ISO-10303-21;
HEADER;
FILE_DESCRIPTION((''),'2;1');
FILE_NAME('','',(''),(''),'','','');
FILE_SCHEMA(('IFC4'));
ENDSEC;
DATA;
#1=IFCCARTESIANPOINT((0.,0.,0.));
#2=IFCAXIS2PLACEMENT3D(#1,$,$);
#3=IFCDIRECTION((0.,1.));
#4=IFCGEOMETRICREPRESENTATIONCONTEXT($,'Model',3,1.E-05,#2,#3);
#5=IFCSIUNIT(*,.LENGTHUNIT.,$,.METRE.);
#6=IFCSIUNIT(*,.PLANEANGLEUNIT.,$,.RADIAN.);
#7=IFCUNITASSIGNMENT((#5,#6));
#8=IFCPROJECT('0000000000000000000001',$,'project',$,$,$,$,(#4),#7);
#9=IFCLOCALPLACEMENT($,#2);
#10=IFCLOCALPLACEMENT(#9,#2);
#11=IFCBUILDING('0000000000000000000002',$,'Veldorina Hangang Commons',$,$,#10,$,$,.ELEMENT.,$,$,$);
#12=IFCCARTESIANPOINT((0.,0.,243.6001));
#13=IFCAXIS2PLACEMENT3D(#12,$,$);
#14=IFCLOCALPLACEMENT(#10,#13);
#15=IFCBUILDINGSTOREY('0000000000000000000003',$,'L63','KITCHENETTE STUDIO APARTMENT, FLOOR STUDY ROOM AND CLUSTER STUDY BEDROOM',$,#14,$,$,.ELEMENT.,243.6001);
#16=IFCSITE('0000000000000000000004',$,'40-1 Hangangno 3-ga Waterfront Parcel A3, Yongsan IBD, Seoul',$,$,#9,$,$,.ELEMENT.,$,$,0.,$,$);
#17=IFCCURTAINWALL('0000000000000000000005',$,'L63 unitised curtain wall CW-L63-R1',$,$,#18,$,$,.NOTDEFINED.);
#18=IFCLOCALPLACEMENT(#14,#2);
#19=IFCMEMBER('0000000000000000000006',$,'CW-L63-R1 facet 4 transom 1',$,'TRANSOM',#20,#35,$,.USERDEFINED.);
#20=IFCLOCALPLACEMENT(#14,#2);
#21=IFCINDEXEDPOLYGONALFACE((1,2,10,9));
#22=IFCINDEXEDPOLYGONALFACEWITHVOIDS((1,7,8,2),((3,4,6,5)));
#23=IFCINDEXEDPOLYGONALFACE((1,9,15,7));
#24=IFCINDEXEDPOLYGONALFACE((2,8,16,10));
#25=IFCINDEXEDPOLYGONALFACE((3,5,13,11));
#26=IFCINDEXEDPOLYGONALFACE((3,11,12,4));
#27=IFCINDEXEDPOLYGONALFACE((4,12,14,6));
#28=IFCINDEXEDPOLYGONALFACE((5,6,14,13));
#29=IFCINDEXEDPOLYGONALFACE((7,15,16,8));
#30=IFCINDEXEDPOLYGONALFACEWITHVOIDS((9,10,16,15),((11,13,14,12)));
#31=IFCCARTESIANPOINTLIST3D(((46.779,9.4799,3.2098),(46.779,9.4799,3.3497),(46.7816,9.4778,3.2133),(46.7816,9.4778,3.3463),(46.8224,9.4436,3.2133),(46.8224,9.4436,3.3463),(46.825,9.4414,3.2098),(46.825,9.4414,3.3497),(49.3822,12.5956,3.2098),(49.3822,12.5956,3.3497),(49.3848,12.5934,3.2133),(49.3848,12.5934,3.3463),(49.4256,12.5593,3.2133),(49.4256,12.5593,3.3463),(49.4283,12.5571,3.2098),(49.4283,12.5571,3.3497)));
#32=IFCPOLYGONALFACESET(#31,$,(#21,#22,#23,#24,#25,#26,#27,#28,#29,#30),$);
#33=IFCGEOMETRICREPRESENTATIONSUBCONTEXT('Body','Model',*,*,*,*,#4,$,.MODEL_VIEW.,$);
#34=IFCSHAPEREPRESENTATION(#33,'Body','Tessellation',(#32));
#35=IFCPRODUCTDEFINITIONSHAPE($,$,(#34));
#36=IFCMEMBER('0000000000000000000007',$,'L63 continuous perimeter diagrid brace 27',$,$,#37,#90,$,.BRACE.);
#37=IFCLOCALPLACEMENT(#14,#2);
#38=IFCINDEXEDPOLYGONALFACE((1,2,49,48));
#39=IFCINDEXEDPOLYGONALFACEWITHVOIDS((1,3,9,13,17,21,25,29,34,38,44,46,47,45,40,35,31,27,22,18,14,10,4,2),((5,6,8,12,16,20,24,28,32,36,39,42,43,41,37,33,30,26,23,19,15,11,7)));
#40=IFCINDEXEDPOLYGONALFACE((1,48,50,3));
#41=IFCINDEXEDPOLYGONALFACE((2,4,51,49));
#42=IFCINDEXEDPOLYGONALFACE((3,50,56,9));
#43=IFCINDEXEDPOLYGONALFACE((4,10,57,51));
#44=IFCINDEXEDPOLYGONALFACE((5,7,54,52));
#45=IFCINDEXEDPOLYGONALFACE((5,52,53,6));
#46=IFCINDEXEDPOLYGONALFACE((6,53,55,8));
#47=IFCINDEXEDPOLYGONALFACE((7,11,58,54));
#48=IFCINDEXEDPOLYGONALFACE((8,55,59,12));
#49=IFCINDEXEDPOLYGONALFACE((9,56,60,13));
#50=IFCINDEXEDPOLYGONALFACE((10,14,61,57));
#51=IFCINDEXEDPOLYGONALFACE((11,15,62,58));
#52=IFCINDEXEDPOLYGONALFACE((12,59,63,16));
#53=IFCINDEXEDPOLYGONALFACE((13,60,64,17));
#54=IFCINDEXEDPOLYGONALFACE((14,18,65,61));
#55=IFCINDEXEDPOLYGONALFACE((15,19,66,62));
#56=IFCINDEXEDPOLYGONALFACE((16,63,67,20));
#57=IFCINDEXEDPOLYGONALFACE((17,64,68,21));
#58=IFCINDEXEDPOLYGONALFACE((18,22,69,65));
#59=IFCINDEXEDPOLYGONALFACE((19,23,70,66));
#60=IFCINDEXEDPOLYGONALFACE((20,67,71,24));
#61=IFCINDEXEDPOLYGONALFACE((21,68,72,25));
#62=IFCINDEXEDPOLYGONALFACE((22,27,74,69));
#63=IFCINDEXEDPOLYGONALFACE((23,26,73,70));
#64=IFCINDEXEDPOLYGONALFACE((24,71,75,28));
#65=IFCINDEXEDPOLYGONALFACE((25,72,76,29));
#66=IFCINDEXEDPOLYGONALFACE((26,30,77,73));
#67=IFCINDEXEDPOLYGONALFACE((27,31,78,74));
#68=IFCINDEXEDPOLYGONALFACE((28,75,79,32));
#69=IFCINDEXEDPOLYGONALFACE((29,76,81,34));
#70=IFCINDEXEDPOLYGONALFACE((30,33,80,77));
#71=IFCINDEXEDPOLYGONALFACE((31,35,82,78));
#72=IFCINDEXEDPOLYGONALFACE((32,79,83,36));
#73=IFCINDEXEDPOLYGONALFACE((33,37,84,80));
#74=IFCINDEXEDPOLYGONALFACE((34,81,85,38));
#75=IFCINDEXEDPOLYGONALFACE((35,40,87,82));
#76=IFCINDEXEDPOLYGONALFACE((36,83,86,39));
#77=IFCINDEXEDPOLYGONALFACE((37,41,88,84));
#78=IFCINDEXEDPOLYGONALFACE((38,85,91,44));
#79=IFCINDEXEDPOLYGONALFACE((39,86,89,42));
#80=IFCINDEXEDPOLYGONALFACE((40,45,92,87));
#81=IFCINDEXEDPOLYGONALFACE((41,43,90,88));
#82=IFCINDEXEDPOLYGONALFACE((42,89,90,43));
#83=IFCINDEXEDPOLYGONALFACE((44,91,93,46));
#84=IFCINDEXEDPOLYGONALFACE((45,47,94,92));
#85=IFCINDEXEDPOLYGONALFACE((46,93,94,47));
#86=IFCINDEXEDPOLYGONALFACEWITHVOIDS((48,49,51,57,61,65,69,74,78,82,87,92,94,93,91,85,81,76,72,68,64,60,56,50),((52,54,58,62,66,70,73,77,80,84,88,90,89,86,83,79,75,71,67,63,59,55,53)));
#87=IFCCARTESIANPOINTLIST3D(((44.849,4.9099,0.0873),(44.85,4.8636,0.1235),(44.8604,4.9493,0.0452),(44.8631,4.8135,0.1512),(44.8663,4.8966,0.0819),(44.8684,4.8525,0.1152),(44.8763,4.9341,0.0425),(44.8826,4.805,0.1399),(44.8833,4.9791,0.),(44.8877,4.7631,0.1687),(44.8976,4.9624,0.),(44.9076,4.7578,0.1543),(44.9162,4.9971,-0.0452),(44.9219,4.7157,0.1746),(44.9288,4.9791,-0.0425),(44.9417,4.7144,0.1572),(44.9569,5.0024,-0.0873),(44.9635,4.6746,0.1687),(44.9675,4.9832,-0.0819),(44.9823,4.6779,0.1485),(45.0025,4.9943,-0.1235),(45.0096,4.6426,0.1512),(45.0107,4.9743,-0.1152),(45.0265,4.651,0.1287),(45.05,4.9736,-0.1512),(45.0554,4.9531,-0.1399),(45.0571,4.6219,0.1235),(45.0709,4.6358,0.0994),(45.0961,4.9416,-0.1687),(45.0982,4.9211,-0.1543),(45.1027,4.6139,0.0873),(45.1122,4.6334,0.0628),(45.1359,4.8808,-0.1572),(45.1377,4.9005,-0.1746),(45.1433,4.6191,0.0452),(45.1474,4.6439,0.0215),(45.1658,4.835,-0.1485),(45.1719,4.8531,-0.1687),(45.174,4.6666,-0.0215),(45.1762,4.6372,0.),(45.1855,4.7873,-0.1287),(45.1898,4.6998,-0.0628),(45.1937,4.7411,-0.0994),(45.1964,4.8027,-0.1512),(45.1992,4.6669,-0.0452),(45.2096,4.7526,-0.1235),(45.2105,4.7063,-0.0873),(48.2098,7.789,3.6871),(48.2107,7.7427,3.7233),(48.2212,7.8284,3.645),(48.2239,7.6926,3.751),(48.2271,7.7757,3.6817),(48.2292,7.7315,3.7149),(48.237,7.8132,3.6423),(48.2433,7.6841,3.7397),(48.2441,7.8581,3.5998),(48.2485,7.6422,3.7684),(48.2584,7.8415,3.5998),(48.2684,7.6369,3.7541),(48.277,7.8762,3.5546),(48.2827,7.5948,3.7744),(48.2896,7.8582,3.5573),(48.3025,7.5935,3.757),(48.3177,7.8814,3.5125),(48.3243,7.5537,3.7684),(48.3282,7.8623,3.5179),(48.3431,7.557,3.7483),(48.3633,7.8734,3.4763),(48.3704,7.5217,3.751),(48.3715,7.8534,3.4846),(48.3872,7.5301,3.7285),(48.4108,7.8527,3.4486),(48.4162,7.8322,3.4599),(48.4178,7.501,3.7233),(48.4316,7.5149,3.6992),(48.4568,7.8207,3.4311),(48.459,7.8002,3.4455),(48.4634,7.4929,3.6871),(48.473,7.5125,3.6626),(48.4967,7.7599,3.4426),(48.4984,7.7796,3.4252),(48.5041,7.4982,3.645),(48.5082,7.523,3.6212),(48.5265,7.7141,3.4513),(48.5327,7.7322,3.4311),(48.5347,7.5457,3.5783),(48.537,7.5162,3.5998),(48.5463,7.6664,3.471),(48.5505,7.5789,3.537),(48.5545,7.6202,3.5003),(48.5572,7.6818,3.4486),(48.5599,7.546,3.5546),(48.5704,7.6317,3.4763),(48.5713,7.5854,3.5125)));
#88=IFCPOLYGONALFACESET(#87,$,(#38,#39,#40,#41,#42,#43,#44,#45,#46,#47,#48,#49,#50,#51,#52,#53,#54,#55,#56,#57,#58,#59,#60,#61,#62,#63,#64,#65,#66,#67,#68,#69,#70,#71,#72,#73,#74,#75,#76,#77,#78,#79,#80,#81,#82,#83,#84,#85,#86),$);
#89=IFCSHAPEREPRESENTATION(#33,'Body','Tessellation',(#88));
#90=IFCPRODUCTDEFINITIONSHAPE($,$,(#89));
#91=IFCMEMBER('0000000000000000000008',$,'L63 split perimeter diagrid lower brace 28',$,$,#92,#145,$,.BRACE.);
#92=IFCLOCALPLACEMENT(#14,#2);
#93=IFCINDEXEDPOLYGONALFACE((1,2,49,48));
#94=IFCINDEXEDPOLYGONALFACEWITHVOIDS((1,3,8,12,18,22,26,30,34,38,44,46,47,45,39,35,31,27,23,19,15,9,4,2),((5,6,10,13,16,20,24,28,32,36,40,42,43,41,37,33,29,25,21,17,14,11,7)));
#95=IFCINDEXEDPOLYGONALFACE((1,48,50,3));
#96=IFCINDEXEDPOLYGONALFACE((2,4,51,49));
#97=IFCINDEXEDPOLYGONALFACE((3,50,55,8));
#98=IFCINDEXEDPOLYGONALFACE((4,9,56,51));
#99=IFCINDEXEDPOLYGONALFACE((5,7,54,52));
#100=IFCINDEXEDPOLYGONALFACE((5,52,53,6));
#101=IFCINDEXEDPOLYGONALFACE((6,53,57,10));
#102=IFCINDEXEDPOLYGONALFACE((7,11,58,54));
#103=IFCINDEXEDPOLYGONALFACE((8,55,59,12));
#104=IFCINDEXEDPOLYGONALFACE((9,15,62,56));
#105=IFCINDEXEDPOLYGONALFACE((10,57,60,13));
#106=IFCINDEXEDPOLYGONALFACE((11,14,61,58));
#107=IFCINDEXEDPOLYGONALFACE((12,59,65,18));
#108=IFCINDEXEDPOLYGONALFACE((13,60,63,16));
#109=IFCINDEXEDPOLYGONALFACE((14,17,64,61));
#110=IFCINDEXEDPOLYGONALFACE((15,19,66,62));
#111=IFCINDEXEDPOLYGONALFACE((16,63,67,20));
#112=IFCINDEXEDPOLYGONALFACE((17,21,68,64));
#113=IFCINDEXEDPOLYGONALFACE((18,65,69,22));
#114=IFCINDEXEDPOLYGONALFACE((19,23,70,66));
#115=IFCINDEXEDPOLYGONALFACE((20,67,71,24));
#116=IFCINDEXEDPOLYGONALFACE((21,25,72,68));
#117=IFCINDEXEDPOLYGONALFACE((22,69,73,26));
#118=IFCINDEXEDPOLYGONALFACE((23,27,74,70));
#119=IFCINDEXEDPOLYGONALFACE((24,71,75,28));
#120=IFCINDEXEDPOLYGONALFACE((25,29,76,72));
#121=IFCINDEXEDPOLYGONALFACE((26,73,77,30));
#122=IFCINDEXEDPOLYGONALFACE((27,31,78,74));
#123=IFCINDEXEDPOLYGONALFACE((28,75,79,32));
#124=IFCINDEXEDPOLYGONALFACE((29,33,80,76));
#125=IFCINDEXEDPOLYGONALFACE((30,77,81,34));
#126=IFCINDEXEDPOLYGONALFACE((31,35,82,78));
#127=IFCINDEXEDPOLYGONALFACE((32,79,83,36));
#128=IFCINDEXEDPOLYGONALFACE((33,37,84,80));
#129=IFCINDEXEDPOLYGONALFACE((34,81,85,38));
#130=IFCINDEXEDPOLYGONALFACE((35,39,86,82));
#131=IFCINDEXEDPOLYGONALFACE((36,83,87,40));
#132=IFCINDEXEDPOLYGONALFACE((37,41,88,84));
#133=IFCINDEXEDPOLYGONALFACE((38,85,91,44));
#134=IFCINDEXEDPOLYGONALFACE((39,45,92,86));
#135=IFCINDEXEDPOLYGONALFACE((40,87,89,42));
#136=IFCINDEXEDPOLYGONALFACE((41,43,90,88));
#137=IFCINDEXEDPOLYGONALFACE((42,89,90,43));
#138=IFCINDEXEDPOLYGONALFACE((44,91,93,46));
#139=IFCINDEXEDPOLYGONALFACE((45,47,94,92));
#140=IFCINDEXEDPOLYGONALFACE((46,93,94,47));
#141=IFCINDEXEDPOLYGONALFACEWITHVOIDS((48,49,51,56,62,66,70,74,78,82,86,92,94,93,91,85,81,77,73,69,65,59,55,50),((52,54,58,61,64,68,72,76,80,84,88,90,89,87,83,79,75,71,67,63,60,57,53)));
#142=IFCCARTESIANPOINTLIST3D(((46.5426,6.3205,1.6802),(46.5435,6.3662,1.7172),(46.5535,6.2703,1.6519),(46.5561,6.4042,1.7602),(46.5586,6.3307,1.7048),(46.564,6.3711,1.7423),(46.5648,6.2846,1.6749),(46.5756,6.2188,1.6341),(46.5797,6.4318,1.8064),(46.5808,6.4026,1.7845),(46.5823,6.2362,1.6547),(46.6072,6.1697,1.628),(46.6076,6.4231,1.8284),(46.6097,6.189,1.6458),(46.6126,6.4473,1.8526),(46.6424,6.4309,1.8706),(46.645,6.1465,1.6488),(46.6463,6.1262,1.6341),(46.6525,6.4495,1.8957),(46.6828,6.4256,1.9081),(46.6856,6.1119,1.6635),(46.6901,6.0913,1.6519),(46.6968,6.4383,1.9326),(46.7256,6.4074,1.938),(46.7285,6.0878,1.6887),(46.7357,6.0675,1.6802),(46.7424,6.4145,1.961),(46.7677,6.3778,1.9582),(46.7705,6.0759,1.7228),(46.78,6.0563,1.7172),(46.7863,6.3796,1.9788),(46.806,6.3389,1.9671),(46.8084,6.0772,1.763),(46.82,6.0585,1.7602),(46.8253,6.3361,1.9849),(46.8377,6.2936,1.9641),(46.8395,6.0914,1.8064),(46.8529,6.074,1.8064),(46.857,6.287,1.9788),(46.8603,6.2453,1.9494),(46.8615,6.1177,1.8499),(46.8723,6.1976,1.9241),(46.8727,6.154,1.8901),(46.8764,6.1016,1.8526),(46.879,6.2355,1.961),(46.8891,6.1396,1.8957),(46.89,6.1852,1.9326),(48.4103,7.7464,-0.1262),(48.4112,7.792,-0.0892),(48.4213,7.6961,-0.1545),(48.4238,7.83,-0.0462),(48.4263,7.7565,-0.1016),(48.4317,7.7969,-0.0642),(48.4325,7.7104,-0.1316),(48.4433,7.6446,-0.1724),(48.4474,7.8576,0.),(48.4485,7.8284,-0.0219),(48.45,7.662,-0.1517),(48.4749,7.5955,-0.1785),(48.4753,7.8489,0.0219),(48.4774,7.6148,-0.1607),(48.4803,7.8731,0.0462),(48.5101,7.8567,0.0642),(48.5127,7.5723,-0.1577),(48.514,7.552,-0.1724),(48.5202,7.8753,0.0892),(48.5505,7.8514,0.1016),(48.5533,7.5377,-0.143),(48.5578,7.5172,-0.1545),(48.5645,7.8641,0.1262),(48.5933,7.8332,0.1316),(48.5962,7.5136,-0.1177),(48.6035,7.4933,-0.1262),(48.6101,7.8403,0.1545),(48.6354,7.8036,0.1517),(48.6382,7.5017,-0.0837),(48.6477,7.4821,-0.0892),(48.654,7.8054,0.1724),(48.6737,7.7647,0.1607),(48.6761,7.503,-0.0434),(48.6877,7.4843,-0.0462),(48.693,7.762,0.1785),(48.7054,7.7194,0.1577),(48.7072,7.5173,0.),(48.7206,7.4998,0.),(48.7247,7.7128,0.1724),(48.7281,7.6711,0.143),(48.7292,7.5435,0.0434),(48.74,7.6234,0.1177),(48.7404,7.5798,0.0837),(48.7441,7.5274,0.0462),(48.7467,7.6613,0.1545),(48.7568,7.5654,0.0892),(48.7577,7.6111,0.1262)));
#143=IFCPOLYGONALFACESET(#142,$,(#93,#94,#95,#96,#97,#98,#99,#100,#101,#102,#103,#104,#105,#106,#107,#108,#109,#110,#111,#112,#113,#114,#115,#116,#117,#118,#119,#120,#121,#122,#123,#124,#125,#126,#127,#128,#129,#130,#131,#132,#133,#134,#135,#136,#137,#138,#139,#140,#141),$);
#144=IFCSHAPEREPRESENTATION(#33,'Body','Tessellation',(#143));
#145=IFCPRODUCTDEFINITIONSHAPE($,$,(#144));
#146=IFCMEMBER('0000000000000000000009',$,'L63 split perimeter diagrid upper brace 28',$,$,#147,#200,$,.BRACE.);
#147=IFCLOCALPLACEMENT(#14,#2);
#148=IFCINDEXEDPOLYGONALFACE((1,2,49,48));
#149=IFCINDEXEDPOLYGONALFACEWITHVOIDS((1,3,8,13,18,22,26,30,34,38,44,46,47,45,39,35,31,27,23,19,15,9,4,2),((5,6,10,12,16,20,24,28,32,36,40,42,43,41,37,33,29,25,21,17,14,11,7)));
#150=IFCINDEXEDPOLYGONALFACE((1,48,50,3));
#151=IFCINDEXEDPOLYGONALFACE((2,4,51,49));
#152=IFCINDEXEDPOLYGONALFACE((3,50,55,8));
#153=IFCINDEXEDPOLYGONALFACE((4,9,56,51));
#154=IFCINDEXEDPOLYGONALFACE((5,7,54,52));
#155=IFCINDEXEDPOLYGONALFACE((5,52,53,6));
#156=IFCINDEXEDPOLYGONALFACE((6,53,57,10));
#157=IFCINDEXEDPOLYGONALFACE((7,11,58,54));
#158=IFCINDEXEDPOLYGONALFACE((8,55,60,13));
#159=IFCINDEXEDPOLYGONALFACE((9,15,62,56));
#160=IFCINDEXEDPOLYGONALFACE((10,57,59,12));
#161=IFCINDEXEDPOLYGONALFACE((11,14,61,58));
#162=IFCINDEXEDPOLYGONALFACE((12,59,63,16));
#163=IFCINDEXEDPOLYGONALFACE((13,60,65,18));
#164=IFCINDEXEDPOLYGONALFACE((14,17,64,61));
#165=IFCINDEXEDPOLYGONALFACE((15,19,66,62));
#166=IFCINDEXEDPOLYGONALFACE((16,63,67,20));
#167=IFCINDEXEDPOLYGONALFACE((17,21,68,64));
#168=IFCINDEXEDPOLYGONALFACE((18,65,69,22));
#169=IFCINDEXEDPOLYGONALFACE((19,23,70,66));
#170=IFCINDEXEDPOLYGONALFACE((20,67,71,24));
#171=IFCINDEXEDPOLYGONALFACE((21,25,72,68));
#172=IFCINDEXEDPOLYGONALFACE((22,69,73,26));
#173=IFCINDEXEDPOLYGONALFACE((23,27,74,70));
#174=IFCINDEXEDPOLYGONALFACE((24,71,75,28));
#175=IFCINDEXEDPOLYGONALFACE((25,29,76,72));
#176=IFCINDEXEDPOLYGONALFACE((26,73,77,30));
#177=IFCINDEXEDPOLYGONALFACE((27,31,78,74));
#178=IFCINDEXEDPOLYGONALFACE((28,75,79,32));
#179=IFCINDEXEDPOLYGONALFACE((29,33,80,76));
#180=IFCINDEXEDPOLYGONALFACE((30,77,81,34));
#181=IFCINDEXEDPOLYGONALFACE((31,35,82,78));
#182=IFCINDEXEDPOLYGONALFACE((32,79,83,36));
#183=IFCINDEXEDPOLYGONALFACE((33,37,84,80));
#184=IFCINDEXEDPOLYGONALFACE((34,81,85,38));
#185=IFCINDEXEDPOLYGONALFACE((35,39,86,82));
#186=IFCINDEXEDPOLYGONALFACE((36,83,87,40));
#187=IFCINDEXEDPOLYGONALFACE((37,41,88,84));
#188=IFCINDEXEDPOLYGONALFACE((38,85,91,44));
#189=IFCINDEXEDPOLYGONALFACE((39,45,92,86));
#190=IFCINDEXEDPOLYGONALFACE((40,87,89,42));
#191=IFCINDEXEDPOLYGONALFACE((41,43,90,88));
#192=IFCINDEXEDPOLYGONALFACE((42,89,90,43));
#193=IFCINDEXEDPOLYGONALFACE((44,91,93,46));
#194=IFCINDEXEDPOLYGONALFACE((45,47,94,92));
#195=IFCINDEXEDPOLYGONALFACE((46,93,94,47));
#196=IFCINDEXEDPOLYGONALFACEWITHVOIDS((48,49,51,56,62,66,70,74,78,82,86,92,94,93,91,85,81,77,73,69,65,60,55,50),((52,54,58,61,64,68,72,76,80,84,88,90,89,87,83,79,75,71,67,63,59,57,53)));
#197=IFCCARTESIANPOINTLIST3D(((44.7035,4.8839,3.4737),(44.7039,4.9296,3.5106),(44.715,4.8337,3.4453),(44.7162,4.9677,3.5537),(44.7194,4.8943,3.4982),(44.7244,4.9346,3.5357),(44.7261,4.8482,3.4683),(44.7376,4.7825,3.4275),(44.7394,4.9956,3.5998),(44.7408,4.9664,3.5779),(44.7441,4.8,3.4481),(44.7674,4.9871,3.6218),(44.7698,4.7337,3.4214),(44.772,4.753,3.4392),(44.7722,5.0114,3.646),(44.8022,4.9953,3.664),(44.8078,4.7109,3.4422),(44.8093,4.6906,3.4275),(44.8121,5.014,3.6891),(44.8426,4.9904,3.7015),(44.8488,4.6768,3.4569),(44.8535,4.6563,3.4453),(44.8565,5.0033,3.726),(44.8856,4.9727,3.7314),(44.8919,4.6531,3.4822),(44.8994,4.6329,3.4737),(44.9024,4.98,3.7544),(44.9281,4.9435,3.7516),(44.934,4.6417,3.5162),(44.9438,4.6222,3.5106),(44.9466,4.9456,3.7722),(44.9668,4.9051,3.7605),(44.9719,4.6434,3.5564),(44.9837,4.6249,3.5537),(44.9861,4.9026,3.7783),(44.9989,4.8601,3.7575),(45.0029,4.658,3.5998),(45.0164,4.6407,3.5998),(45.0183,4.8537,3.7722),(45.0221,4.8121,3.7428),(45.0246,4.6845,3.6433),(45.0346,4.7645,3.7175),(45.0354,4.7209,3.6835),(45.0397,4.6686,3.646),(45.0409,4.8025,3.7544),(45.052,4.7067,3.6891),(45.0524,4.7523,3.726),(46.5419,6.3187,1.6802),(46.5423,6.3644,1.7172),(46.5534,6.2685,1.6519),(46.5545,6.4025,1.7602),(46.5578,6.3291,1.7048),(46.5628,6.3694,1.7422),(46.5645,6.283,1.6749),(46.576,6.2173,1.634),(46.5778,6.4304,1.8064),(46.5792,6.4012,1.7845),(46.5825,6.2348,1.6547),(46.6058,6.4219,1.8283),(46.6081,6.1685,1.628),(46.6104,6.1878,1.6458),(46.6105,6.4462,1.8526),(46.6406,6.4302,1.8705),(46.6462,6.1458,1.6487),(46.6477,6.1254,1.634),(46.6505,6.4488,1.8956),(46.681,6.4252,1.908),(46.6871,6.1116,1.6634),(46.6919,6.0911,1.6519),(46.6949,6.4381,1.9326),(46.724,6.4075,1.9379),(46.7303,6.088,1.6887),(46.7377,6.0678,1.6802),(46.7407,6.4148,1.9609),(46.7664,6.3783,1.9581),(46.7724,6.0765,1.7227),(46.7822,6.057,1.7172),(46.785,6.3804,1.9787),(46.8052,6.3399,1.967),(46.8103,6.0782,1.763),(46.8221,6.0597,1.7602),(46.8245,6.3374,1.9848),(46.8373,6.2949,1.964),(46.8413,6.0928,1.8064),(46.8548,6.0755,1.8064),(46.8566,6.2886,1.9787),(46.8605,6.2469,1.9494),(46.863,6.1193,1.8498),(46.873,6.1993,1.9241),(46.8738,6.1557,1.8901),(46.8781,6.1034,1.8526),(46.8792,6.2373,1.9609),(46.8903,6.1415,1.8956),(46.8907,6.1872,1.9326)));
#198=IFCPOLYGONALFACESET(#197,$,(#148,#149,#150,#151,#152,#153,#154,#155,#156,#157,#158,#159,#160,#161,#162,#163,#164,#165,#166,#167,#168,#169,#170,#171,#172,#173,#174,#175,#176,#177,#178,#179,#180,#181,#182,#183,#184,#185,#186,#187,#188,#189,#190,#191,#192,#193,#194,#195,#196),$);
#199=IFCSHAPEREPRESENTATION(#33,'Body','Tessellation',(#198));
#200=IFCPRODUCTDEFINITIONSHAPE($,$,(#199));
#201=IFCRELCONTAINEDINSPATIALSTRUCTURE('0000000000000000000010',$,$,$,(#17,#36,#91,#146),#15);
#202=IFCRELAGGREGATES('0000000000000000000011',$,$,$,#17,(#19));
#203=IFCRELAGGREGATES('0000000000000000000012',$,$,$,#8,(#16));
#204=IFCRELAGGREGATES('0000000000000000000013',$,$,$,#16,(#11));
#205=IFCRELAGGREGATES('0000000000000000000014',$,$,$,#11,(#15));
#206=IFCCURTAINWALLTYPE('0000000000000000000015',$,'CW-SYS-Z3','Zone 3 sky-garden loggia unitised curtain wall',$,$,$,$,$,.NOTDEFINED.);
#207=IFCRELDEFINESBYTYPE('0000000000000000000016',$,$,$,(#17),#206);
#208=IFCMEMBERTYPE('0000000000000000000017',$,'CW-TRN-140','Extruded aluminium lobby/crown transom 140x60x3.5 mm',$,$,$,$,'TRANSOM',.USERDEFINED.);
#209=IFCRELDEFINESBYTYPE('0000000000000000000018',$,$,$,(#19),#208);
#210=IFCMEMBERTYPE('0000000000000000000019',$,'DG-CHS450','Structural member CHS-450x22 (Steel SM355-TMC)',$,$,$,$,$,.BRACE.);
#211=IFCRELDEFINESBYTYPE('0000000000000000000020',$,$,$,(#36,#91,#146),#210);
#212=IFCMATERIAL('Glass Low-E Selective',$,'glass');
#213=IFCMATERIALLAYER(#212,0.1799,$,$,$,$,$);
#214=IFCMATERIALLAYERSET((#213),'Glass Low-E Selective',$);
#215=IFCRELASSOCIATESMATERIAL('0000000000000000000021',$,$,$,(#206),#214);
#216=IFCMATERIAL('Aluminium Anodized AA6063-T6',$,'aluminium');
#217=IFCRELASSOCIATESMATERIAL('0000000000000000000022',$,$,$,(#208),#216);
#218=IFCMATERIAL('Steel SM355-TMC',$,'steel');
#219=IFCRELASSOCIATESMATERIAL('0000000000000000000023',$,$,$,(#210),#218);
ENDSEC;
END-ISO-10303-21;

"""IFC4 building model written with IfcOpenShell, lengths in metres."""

from ifc_helpers import new_model, si_unit, direction, frame, origin, origin_2d, place, context, subcontext, project, spatial, hollow_rectangle, hollow_circle, extrude, material, layer, layer_set, material_profile, profile_set, type_object, element, aggregate, save


model = new_model("IFC4")

# Units and contexts
model_context = context("Model", 3, precision=1e-05, world=origin(), true_north=direction((0.0, 1.0)))
body_context = subcontext(model_context, "Body", "Model", "MODEL_VIEW")
ifc_project = project(units=[si_unit("LENGTHUNIT", "METRE"), si_unit("PLANEANGLEUNIT", "RADIAN")], contexts=[model_context])

# Site, building, storey
site_placement = place(None, origin())
site = spatial("IfcSite", under=ifc_project, at=site_placement, Name="40-1 Hangangno 3-ga Waterfront Parcel A3, Yongsan IBD, Seoul", CompositionType="ELEMENT", RefElevation=0.0)
building_placement = place(site_placement, origin())
building = spatial("IfcBuilding", under=site, at=building_placement, Name="Veldorina Hangang Commons", CompositionType="ELEMENT")
storey_placement = place(building_placement, frame((0.0, 0.0, 243.6001)))
storey = spatial("IfcBuildingStorey", under=building, at=storey_placement, Name="L63", Description="KITCHENETTE STUDIO APARTMENT, FLOOR STUDY ROOM AND CLUSTER STUDY BEDROOM", CompositionType="ELEMENT", Elevation=243.6001)

# Shared definitions
ifc_material_1 = material(Name="Steel SM355-TMC", Category="steel")

# Curtain wall, member
ifc_material_2 = material(Name="Glass Low-E Selective", Category="glass")
ifc_layer_1 = layer(ifc_material_2, 0.1799)
ifc_layer_set_1 = layer_set([ifc_layer_1], Name="Glass Low-E Selective")
curtain_wall_type = type_object("IfcCurtainWallType", Name="CW-SYS-Z3", Description="Zone 3 sky-garden loggia unitised curtain wall", PredefinedType="NOTDEFINED", material=ifc_layer_set_1)
curtain_wall_placement = place(storey_placement, origin())
curtain_wall = element("IfcCurtainWall", 1, at=curtain_wall_placement, inside=storey, type_object=curtain_wall_type, Name="L63 unitised curtain wall CW-L63-R1", PredefinedType="NOTDEFINED")
ifc_material_3 = material(Name="Aluminium Anodized AA6063-T6", Category="aluminium")
ifc_material_profile_1 = material_profile(ifc_material_3, hollow_rectangle(XDim=0.0601, YDim=0.1399, WallThickness=0.0034, at=origin_2d()), Name="ALU-RHS-140x60x3.5")
ifc_profile_set_1 = profile_set([ifc_material_profile_1], Name="Aluminium Anodized AA6063-T6")
member_type_1 = type_object("IfcMemberType", Name="CW-TRN-140", Description="Extruded aluminium lobby/crown transom 140x60x3.5 mm", ElementType="TRANSOM", PredefinedType="USERDEFINED", material=ifc_profile_set_1)
member_1_placement = place(storey_placement, frame((46.802, 9.4607, 3.2798), z_axis=(0.641178, 0.767393, 0.0), x_axis=(-0.767393, 0.641178, 0.0)))
member_1 = element("IfcMember", 2, at=member_1_placement, type_object=member_type_1, Name="CW-L63-R1 facet 4 transom 1", ObjectType="TRANSOM", PredefinedType="USERDEFINED", context=body_context, shape_type="SweptSolid", body=[
    extrude(hollow_rectangle(XDim=0.0601, YDim=0.1399, WallThickness=0.0034, at=origin_2d()), origin(), (0.0, 0.0, 1.0), 4.0601),
])

# Members
ifc_material_profile_2 = material_profile(ifc_material_1, hollow_circle(Radius=0.2251, WallThickness=0.022, at=origin_2d()), Name="CHS-450x22")
ifc_profile_set_2 = profile_set([ifc_material_profile_2], Name="Steel SM355-TMC")
member_type_2 = type_object("IfcMemberType", Name="DG-CHS450", Description="Structural member CHS-450x22 (Steel SM355-TMC)", PredefinedType="BRACE", material=ifc_profile_set_2)
member_2_placement = place(storey_placement, frame((45.0298, 4.8081, 0.0), z_axis=(0.589134, 0.504697, 0.631032), x_axis=(-0.650587, 0.759432, 0.0)))
element("IfcMember", 3, at=member_2_placement, inside=storey, type_object=member_type_2, Name="L63 continuous perimeter diagrid brace 27", PredefinedType="BRACE", context=body_context, shape_type="SweptSolid", body=[
    extrude(hollow_circle(Radius=0.2251, WallThickness=0.022, at=origin_2d()), origin(), (0.0, 0.0, 1.0), 5.7046),
])
member_3_placement = place(storey_placement, frame((48.584, 7.6787, 0.0), z_axis=(-0.630162, -0.481065, 0.609486), x_axis=(0.606794, -0.794859, 0.0)))
element("IfcMember", 4, at=member_3_placement, inside=storey, type_object=member_type_2, Name="L63 split perimeter diagrid lower brace 28", PredefinedType="BRACE", context=body_context, shape_type="SweptSolid", body=[
    extrude(hollow_circle(Radius=0.2251, WallThickness=0.022, at=origin_2d()), origin(), (0.0, 0.0, 1.0), 2.9639),
])
member_4_placement = place(storey_placement, frame((46.7163, 6.2529, 1.8064), z_axis=(-0.624894, -0.487716, 0.609624), x_axis=(0.615266, -0.788319, 0.0)))
element("IfcMember", 5, at=member_4_placement, inside=storey, type_object=member_type_2, Name="L63 split perimeter diagrid upper brace 28", PredefinedType="BRACE", context=body_context, shape_type="SweptSolid", body=[
    extrude(hollow_circle(Radius=0.2251, WallThickness=0.022, at=origin_2d()), origin(), (0.0, 0.0, 1.0), 2.9419),
])

aggregate(curtain_wall, [member_1])

save(model, "model.ifc")
